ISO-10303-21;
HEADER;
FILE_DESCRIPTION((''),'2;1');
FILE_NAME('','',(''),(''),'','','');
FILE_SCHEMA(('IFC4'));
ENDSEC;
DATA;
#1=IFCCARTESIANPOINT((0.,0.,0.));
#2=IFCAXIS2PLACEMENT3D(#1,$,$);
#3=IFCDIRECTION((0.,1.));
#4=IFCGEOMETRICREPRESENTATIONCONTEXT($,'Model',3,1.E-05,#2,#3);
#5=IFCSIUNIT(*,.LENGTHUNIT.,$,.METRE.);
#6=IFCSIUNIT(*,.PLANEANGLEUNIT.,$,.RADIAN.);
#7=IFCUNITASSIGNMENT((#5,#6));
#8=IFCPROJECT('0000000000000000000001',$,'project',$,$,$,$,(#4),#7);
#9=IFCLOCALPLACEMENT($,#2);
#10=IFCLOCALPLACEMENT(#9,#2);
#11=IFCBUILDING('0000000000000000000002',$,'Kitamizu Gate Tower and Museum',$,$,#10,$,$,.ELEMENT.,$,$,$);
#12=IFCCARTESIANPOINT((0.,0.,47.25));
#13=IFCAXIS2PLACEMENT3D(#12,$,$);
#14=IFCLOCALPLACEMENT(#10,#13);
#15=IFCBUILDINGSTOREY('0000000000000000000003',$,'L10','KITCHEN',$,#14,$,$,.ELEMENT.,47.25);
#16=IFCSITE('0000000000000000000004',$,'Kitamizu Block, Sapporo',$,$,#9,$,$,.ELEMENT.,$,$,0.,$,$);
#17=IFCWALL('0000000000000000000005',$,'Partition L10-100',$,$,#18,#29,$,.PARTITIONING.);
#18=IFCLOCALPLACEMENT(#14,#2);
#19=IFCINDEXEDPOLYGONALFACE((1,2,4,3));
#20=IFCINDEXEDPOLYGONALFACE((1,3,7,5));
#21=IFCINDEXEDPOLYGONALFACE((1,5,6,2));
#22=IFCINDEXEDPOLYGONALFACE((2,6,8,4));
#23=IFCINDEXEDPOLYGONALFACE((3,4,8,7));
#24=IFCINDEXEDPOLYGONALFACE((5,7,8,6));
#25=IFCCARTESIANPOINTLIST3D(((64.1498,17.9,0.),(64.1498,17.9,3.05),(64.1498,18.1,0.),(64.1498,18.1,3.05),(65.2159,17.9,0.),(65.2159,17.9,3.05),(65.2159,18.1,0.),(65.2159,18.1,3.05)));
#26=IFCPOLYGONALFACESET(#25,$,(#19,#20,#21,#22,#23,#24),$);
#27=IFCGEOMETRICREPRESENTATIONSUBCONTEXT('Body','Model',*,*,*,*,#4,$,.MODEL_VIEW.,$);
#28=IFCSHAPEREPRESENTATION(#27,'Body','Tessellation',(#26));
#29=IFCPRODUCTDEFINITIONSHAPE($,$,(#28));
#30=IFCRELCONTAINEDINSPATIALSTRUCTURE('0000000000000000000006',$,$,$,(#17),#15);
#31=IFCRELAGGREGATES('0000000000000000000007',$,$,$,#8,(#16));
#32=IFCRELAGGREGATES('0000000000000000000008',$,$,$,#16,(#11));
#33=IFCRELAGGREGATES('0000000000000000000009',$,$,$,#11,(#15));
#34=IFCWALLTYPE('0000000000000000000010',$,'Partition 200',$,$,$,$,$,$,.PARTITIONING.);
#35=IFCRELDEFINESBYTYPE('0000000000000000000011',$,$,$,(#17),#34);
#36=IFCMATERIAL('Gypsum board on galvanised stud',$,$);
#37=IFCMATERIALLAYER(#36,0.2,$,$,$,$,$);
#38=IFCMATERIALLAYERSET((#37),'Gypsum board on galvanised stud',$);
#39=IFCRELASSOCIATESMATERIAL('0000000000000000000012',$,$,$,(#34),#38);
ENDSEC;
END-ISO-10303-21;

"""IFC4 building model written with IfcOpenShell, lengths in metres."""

from ifc_helpers import new_model, si_unit, direction, frame, frame_2d, origin, place, context, subcontext, project, spatial, rectangle, extrude, material, layer, layer_set, type_object, element, save


model = new_model("IFC4")

# Units and contexts
model_context = context("Model", 3, precision=1e-05, world=origin(), true_north=direction((0.0, 1.0)))
body_context = subcontext(model_context, "Body", "Model", "MODEL_VIEW")
ifc_project = project(units=[si_unit("LENGTHUNIT", "METRE"), si_unit("PLANEANGLEUNIT", "RADIAN")], contexts=[model_context])

# Site, building, storey
site_placement = place(None, origin())
site = spatial("IfcSite", under=ifc_project, at=site_placement, Name="Kitamizu Block, Sapporo", CompositionType="ELEMENT", RefElevation=0.0)
building_placement = place(site_placement, origin())
building = spatial("IfcBuilding", under=site, at=building_placement, Name="Kitamizu Gate Tower and Museum", CompositionType="ELEMENT")
storey_placement = place(building_placement, frame((0.0, 0.0, 47.25)))
storey = spatial("IfcBuildingStorey", under=building, at=storey_placement, Name="L10", Description="KITCHEN", CompositionType="ELEMENT", Elevation=47.25)

# Wall
ifc_material_1 = material(Name="Gypsum board on galvanised stud")
ifc_layer_1 = layer(ifc_material_1, 0.2)
ifc_layer_set_1 = layer_set([ifc_layer_1], Name="Gypsum board on galvanised stud")
wall_type_1 = type_object("IfcWallType", Name="Partition 200", PredefinedType="PARTITIONING", material=ifc_layer_set_1)
wall_1_placement = place(storey_placement, frame((65.2161, 18.0, 0.0), z_axis=(0.0, 0.0, 1.0), x_axis=(-1.0, 0.0, 0.0)))
element("IfcWall", 1, at=wall_1_placement, inside=storey, type_object=wall_type_1, Name="Partition L10-100", PredefinedType="PARTITIONING", context=body_context, shape_type="SweptSolid", body=[
    extrude(rectangle(XDim=1.0662, YDim=0.2, at=frame_2d((0.5332, 0.0))), origin(), (0.0, 0.0, 1.0), 3.05),
])

save(model, "model.ifc")
